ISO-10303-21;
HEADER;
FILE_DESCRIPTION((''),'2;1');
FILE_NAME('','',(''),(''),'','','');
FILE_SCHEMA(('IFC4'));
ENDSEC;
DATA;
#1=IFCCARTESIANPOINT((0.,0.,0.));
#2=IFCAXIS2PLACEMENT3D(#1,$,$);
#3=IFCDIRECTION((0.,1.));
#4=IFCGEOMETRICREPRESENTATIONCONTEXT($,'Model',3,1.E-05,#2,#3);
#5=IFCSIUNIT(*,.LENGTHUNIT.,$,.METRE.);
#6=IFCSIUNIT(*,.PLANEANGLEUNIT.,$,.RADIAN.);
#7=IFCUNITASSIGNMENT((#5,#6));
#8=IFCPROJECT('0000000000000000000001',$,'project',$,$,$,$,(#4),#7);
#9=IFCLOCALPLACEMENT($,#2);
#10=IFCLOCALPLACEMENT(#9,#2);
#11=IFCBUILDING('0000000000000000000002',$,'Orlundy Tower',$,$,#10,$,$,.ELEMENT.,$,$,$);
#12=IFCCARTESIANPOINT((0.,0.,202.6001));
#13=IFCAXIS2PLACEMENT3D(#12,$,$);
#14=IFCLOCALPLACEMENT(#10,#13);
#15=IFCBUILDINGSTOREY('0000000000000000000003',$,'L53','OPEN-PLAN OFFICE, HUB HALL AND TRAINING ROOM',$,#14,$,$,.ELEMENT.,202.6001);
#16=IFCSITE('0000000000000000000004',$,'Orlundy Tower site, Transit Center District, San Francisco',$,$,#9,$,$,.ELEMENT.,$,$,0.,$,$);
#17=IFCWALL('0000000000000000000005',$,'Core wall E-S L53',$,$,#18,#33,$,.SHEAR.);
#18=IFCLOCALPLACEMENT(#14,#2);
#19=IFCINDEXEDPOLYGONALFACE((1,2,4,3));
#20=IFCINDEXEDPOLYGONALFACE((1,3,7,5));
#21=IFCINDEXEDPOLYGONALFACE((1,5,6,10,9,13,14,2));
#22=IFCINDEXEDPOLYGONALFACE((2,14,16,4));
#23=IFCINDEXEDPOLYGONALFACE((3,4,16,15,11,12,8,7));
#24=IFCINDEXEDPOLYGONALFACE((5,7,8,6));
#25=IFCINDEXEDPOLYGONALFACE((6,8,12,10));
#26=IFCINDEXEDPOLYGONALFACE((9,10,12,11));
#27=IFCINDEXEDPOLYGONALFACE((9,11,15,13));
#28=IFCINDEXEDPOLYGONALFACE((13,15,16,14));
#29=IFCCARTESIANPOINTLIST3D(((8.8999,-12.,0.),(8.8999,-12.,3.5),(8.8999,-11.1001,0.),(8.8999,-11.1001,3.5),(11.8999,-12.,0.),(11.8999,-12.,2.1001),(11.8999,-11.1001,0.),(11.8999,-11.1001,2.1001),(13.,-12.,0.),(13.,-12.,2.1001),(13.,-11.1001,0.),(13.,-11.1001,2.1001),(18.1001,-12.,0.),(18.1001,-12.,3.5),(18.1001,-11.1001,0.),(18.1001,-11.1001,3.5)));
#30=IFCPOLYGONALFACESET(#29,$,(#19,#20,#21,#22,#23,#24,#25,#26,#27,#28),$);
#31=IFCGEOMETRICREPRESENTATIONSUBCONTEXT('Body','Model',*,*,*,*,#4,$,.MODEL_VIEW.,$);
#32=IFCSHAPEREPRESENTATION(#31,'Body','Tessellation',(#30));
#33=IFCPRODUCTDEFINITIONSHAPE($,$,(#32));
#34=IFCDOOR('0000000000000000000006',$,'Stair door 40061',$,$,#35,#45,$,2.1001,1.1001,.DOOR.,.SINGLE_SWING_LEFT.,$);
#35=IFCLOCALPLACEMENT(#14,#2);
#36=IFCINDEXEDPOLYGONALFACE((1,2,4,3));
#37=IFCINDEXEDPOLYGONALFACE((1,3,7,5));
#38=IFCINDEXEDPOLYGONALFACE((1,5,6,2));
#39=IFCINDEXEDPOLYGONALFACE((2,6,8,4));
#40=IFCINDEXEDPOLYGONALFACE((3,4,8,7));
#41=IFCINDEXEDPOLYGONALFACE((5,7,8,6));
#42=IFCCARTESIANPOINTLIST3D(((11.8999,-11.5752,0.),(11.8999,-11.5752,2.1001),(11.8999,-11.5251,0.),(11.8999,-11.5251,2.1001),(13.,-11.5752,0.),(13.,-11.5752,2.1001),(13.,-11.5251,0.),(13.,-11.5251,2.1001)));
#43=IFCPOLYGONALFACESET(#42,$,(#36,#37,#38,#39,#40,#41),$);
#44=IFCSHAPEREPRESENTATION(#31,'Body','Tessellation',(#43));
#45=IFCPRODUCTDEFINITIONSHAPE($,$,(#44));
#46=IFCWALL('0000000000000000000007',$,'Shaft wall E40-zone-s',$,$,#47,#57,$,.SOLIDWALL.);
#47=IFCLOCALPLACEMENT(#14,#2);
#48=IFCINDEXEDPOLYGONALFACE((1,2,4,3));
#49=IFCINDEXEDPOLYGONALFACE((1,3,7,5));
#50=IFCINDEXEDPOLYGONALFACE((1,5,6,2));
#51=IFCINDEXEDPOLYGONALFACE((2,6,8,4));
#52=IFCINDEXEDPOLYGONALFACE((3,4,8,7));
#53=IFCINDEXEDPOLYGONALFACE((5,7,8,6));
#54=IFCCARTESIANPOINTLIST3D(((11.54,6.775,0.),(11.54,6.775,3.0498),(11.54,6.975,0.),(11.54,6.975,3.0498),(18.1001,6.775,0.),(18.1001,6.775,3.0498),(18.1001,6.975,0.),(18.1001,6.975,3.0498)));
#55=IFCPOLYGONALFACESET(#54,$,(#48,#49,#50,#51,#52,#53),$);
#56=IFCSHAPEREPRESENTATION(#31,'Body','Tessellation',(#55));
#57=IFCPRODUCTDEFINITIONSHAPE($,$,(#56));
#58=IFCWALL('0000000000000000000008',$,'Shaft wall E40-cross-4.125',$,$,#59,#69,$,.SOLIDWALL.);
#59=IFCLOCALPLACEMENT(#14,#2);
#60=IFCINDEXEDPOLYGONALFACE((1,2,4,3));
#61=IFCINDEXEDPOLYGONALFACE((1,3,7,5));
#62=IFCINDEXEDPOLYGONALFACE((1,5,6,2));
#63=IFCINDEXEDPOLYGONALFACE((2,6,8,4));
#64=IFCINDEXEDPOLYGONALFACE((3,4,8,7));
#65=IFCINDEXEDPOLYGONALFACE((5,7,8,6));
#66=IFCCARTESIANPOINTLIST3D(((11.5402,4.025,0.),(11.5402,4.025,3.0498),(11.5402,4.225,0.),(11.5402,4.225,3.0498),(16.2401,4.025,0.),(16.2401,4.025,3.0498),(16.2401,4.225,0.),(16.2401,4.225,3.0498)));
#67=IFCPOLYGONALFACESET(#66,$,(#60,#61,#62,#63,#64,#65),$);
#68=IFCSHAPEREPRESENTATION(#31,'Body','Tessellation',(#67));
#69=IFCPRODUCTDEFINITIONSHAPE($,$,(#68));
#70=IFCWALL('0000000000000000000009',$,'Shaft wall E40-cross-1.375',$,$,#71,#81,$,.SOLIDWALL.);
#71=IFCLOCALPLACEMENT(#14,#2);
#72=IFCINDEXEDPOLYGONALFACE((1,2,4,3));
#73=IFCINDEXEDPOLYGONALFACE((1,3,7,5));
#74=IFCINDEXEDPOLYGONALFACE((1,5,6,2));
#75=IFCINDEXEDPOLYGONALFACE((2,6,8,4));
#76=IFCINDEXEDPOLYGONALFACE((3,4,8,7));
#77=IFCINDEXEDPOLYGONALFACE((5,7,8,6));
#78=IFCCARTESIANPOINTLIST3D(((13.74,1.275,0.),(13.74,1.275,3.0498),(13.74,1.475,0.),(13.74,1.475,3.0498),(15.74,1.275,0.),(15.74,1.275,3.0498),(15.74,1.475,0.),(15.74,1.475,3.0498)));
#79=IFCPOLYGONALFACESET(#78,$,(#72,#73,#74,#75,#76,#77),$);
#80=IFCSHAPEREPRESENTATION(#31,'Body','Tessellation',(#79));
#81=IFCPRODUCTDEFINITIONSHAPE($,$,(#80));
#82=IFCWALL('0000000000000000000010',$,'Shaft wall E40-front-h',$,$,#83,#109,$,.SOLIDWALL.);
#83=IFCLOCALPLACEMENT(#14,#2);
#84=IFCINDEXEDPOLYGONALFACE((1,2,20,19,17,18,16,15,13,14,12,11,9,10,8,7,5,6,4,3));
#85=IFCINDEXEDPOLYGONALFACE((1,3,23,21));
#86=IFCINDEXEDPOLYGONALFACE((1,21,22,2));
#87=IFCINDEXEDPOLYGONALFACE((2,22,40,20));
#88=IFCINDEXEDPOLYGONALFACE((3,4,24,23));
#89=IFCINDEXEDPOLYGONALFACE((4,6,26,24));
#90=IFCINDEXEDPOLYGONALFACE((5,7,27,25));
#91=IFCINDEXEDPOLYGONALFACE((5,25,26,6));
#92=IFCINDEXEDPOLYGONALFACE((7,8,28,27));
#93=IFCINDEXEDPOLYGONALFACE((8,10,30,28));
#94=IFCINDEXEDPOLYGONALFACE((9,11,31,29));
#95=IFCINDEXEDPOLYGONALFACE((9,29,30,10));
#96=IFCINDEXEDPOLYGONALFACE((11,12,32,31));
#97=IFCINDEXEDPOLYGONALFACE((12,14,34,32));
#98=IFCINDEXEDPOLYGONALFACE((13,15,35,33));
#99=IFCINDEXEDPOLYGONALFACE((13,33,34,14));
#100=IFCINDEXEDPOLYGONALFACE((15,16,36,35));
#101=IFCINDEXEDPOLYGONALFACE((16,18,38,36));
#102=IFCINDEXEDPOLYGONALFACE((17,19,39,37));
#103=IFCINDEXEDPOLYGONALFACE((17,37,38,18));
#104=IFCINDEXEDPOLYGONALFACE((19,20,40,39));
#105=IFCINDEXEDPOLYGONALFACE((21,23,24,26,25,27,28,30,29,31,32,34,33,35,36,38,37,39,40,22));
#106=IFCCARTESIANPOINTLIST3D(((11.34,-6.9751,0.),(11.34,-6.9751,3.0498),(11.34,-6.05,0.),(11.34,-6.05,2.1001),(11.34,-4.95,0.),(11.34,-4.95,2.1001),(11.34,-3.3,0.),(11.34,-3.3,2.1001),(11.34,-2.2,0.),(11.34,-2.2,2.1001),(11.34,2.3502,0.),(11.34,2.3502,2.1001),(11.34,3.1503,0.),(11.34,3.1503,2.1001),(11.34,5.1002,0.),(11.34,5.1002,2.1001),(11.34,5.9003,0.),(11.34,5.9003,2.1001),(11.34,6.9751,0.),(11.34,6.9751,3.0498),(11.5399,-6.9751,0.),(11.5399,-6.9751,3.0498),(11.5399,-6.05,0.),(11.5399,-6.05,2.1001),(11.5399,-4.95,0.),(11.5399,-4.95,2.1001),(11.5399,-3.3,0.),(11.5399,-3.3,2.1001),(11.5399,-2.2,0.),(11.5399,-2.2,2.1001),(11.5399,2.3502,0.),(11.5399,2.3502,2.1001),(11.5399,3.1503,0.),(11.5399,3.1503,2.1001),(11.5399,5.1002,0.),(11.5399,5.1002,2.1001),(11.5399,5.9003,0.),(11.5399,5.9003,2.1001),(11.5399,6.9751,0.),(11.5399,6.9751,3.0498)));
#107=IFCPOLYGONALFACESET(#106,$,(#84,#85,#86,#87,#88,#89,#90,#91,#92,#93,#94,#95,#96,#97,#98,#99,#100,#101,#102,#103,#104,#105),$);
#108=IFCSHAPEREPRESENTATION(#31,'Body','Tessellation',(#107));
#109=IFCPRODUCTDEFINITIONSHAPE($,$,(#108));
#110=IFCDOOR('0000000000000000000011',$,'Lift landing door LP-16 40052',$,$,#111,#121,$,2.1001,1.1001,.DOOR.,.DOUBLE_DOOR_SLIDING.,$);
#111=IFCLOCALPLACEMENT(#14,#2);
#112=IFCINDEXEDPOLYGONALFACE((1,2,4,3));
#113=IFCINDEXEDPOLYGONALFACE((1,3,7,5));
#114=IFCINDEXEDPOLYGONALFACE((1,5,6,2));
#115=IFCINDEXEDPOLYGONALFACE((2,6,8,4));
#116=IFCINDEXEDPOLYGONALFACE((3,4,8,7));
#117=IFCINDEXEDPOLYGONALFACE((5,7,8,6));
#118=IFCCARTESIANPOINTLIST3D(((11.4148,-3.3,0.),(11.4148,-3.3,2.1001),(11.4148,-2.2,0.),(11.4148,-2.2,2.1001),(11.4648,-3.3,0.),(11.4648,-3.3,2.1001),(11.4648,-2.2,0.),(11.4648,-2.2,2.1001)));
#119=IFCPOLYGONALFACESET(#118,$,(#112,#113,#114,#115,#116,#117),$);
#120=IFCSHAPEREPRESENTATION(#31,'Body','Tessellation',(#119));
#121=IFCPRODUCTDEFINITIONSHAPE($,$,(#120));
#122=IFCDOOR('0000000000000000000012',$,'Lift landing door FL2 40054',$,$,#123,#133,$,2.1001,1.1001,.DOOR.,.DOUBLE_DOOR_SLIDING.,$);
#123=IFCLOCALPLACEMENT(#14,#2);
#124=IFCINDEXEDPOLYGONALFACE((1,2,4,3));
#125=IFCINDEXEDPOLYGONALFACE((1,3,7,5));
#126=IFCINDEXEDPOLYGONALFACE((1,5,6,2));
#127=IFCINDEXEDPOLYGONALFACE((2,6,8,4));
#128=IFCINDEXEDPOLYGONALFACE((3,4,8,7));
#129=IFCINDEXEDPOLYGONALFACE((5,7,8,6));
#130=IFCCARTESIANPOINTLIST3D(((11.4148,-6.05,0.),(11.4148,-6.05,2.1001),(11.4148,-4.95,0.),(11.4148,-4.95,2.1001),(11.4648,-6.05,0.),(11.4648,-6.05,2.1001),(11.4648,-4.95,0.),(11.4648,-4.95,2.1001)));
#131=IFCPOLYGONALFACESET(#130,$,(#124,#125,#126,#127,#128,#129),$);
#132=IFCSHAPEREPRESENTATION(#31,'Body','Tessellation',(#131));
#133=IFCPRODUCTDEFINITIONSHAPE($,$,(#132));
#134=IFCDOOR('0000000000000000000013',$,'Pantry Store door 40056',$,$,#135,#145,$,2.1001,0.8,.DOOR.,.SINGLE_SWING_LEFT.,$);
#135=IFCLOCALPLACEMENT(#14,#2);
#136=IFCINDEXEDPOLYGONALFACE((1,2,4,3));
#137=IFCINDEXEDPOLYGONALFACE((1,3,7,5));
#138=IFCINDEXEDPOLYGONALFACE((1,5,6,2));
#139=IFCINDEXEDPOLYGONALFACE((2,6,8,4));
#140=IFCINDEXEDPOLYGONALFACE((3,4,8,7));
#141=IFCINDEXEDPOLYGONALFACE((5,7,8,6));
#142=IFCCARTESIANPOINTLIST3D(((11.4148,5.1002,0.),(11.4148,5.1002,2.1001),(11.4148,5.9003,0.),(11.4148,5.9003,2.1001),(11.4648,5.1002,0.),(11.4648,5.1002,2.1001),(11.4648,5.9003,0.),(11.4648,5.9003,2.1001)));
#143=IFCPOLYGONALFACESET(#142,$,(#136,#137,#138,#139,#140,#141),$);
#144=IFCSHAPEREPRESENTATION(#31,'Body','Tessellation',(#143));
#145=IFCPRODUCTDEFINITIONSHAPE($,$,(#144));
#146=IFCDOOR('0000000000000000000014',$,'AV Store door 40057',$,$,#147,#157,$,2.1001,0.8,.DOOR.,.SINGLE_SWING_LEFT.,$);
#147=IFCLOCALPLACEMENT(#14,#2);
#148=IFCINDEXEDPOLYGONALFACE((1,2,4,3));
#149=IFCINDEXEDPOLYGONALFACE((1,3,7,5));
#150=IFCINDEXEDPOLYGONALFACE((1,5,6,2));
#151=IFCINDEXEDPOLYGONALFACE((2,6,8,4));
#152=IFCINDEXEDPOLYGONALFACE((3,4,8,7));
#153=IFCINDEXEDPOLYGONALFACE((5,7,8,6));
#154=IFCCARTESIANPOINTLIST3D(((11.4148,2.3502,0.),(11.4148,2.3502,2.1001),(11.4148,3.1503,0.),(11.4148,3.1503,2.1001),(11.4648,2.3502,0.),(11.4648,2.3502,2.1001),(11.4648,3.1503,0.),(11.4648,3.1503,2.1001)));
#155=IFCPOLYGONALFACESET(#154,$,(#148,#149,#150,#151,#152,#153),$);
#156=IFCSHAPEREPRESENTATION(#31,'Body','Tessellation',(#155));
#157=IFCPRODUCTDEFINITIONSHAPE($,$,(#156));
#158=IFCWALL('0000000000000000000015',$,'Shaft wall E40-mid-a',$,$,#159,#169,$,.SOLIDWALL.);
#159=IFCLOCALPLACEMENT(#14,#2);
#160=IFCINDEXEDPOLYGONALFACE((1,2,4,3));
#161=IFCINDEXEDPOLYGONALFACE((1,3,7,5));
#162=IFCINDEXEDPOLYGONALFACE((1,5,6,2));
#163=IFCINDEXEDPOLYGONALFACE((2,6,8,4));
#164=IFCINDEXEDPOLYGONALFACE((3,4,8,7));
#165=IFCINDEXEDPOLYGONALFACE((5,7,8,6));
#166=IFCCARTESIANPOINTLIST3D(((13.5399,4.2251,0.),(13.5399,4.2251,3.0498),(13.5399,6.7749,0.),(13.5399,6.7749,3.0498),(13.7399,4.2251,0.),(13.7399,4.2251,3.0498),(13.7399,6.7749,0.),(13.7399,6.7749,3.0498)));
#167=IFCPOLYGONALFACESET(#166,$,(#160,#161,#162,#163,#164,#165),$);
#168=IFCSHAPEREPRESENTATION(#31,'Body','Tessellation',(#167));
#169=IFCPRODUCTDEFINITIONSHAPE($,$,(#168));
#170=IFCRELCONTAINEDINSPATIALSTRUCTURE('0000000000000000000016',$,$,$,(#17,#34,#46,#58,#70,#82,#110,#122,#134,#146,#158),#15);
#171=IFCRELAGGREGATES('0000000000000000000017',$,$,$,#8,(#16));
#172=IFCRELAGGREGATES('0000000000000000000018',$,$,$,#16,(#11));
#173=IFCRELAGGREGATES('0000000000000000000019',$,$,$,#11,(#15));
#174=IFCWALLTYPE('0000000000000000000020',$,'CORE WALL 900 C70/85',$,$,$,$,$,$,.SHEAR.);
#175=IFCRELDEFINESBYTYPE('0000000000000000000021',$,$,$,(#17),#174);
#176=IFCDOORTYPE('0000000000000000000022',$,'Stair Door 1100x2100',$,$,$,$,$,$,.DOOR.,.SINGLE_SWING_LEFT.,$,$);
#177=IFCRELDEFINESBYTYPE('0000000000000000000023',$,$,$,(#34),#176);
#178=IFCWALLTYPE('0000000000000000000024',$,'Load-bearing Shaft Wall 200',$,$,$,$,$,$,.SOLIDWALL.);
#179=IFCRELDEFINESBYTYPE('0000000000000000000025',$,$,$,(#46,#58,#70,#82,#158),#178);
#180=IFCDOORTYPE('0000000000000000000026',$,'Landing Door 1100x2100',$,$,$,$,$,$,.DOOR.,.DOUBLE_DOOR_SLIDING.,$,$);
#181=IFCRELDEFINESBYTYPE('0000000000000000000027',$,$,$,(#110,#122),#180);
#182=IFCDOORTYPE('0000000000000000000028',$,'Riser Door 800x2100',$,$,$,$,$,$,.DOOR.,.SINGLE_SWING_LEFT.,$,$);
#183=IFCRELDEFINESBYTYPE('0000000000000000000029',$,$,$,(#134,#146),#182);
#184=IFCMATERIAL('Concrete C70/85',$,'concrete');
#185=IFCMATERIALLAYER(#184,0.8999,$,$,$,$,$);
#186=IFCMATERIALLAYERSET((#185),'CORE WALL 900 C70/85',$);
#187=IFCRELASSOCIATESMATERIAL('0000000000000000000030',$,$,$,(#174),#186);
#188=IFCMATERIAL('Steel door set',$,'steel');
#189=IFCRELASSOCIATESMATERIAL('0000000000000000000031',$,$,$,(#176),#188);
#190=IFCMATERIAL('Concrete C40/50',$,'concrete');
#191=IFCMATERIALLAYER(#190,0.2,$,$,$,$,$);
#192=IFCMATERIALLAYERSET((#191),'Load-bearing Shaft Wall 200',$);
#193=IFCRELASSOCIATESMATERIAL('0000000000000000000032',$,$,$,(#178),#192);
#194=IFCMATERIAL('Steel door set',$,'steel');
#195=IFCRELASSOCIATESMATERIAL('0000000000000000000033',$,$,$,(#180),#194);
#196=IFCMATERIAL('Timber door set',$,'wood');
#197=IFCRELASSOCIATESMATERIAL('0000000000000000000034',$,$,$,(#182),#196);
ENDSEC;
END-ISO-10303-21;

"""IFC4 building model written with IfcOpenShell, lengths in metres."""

from ifc_helpers import new_model, si_unit, direction, frame, frame_2d, origin, place, context, subcontext, project, spatial, rectangle, extrude, material, layer, layer_set, type_object, element, fill, save


model = new_model("IFC4")

# Units and contexts
model_context = context("Model", 3, precision=1e-05, world=origin(), true_north=direction((0.0, 1.0)))
body_context = subcontext(model_context, "Body", "Model", "MODEL_VIEW")
ifc_project = project(units=[si_unit("LENGTHUNIT", "METRE"), si_unit("PLANEANGLEUNIT", "RADIAN")], contexts=[model_context])

# Site, building, storey
site_placement = place(None, origin())
site = spatial("IfcSite", under=ifc_project, at=site_placement, Name="Orlundy Tower site, Transit Center District, San Francisco", CompositionType="ELEMENT", RefElevation=0.0)
building_placement = place(site_placement, origin())
building = spatial("IfcBuilding", under=site, at=building_placement, Name="Orlundy Tower", CompositionType="ELEMENT")
storey_placement = place(building_placement, frame((0.0, 0.0, 202.6001)))
storey = spatial("IfcBuildingStorey", under=building, at=storey_placement, Name="L53", Description="OPEN-PLAN OFFICE, HUB HALL AND TRAINING ROOM", CompositionType="ELEMENT", Elevation=202.6001)

# Wall, opening, door
ifc_material_1 = material(Name="Concrete C70/85", Category="concrete")
ifc_layer_1 = layer(ifc_material_1, 0.8999)
ifc_layer_set_1 = layer_set([ifc_layer_1], Name="CORE WALL 900 C70/85")
wall_type_1 = type_object("IfcWallType", Name="CORE WALL 900 C70/85", PredefinedType="SHEAR", material=ifc_layer_set_1)
wall_1_placement = place(storey_placement, frame((8.8999, -11.55, 0.0), z_axis=(0.0, 0.0, 1.0), x_axis=(1.0, 0.0, 0.0)))
wall_1 = element("IfcWall", 1, at=wall_1_placement, inside=storey, type_object=wall_type_1, Name="Core wall E-S L53", PredefinedType="SHEAR", context=body_context, shape_type="SweptSolid", body=[
    extrude(rectangle(XDim=9.2002, YDim=0.8999, at=frame_2d((4.6001, 0.0))), origin(), (0.0, 0.0, 1.0), 3.5),
])
opening_1_placement = place(wall_1_placement, frame((3.0, 0.0, 0.0)))
opening_1 = element("IfcOpeningElement", 2, at=opening_1_placement, cuts=wall_1, PredefinedType="OPENING", context=body_context, shape_type="SweptSolid", body=[
    extrude(rectangle(XDim=1.1001, YDim=2.1001, at=frame_2d((0.55, 1.05))), frame((0.0, 0.46, 0.0), z_axis=(0.0, -1.0, 0.0), x_axis=(1.0, 0.0, 0.0)), (0.0, 0.0, 1.0), 0.9199),
])
ifc_material_2 = material(Name="Steel door set", Category="steel")
door_type_1 = type_object("IfcDoorType", Name="Stair Door 1100x2100", OperationType="SINGLE_SWING_LEFT", PredefinedType="DOOR", material=ifc_material_2)
door_1_placement = place(opening_1_placement, origin())
door_1 = element("IfcDoor", 3, at=door_1_placement, inside=storey, type_object=door_type_1, Name="Stair door 40061", OperationType="SINGLE_SWING_LEFT", OverallHeight=2.1001, OverallWidth=1.1001, PredefinedType="DOOR", context=body_context, shape_type="SweptSolid", body=[
    extrude(rectangle(XDim=1.1001, YDim=2.1001, at=frame_2d((0.55, 1.05))), frame((0.0, 0.0249, 0.0), z_axis=(0.0, -1.0, 0.0), x_axis=(1.0, 0.0, 0.0)), (0.0, 0.0, 1.0), 0.05),
])
fill(opening_1, door_1)

# Walls
ifc_material_3 = material(Name="Concrete C40/50", Category="concrete")
ifc_layer_2 = layer(ifc_material_3, 0.2)
ifc_layer_set_2 = layer_set([ifc_layer_2], Name="Load-bearing Shaft Wall 200")
wall_type_2 = type_object("IfcWallType", Name="Load-bearing Shaft Wall 200", PredefinedType="SOLIDWALL", material=ifc_layer_set_2)
wall_2_placement = place(storey_placement, frame((11.54, 6.875, 0.0), z_axis=(0.0, 0.0, 1.0), x_axis=(1.0, 0.0, 0.0)))
element("IfcWall", 4, at=wall_2_placement, inside=storey, type_object=wall_type_2, Name="Shaft wall E40-zone-s", PredefinedType="SOLIDWALL", context=body_context, shape_type="SweptSolid", body=[
    extrude(rectangle(XDim=6.5601, YDim=0.2, at=frame_2d((3.28, 0.0))), origin(), (0.0, 0.0, 1.0), 3.0498),
])
wall_3_placement = place(storey_placement, frame((11.54, 4.125, 0.0), z_axis=(0.0, 0.0, 1.0), x_axis=(1.0, 0.0, 0.0)))
element("IfcWall", 5, at=wall_3_placement, inside=storey, type_object=wall_type_2, Name="Shaft wall E40-cross-4.125", PredefinedType="SOLIDWALL", context=body_context, shape_type="SweptSolid", body=[
    extrude(rectangle(XDim=4.7, YDim=0.2, at=frame_2d((2.3501, 0.0))), origin(), (0.0, 0.0, 1.0), 3.0498),
])
wall_4_placement = place(storey_placement, frame((13.74, 1.375, 0.0), z_axis=(0.0, 0.0, 1.0), x_axis=(1.0, 0.0, 0.0)))
element("IfcWall", 6, at=wall_4_placement, inside=storey, type_object=wall_type_2, Name="Shaft wall E40-cross-1.375", PredefinedType="SOLIDWALL", context=body_context, shape_type="SweptSolid", body=[
    extrude(rectangle(XDim=2.0, YDim=0.2, at=frame_2d((1.0, 0.0))), origin(), (0.0, 0.0, 1.0), 3.0498),
])

# Wall, openings, doors
wall_5_placement = place(storey_placement, frame((11.4399, 6.9751, 0.0), z_axis=(0.0, 0.0, 1.0), x_axis=(0.0, -1.0, 0.0)))
wall_5 = element("IfcWall", 7, at=wall_5_placement, inside=storey, type_object=wall_type_2, Name="Shaft wall E40-front-h", PredefinedType="SOLIDWALL", context=body_context, shape_type="SweptSolid", body=[
    extrude(rectangle(XDim=13.9502, YDim=0.2, at=frame_2d((6.9751, 0.0))), origin(), (0.0, 0.0, 1.0), 3.0498),
])
opening_2_placement = place(wall_5_placement, frame((9.175, 0.0, 0.0)))
opening_2 = element("IfcOpeningElement", 8, at=opening_2_placement, cuts=wall_5, PredefinedType="OPENING", context=body_context, shape_type="SweptSolid", body=[
    extrude(rectangle(XDim=1.1001, YDim=2.1001, at=frame_2d((0.55, 1.05))), frame((0.0, 0.1101, 0.0), z_axis=(0.0, -1.0, 0.0), x_axis=(1.0, 0.0, 0.0)), (0.0, 0.0, 1.0), 0.2202),
])
opening_3_placement = place(wall_5_placement, frame((11.925, 0.0, 0.0)))
opening_3 = element("IfcOpeningElement", 9, at=opening_3_placement, cuts=wall_5, PredefinedType="OPENING", context=body_context, shape_type="SweptSolid", body=[
    extrude(rectangle(XDim=1.1001, YDim=2.1001, at=frame_2d((0.55, 1.05))), frame((0.0, 0.1101, 0.0), z_axis=(0.0, -1.0, 0.0), x_axis=(1.0, 0.0, 0.0)), (0.0, 0.0, 1.0), 0.2202),
])
opening_4_placement = place(wall_5_placement, frame((1.075, 0.0, 0.0)))
opening_4 = element("IfcOpeningElement", 10, at=opening_4_placement, cuts=wall_5, PredefinedType="OPENING", context=body_context, shape_type="SweptSolid", body=[
    extrude(rectangle(XDim=0.8, YDim=2.1001, at=frame_2d((0.3999, 1.05))), frame((0.0, 0.1101, 0.0), z_axis=(0.0, -1.0, 0.0), x_axis=(1.0, 0.0, 0.0)), (0.0, 0.0, 1.0), 0.2202),
])
opening_5_placement = place(wall_5_placement, frame((3.825, 0.0, 0.0)))
opening_5 = element("IfcOpeningElement", 11, at=opening_5_placement, cuts=wall_5, PredefinedType="OPENING", context=body_context, shape_type="SweptSolid", body=[
    extrude(rectangle(XDim=0.8, YDim=2.1001, at=frame_2d((0.3999, 1.05))), frame((0.0, 0.1101, 0.0), z_axis=(0.0, -1.0, 0.0), x_axis=(1.0, 0.0, 0.0)), (0.0, 0.0, 1.0), 0.2202),
])
ifc_material_4 = material(Name="Steel door set", Category="steel")
door_type_2 = type_object("IfcDoorType", Name="Landing Door 1100x2100", OperationType="DOUBLE_DOOR_SLIDING", PredefinedType="DOOR", material=ifc_material_4)
door_2_placement = place(opening_2_placement, origin())
door_2 = element("IfcDoor", 12, at=door_2_placement, inside=storey, type_object=door_type_2, Name="Lift landing door LP-16 40052", OperationType="DOUBLE_DOOR_SLIDING", OverallHeight=2.1001, OverallWidth=1.1001, PredefinedType="DOOR", context=body_context, shape_type="SweptSolid", body=[
    extrude(rectangle(XDim=1.1001, YDim=2.1001, at=frame_2d((0.55, 1.05))), frame((0.0, 0.0249, 0.0), z_axis=(0.0, -1.0, 0.0), x_axis=(1.0, 0.0, 0.0)), (0.0, 0.0, 1.0), 0.05),
])
fill(opening_2, door_2)
door_3_placement = place(opening_3_placement, origin())
door_3 = element("IfcDoor", 13, at=door_3_placement, inside=storey, type_object=door_type_2, Name="Lift landing door FL2 40054", OperationType="DOUBLE_DOOR_SLIDING", OverallHeight=2.1001, OverallWidth=1.1001, PredefinedType="DOOR", context=body_context, shape_type="SweptSolid", body=[
    extrude(rectangle(XDim=1.1001, YDim=2.1001, at=frame_2d((0.55, 1.05))), frame((0.0, 0.0249, 0.0), z_axis=(0.0, -1.0, 0.0), x_axis=(1.0, 0.0, 0.0)), (0.0, 0.0, 1.0), 0.05),
])
fill(opening_3, door_3)
ifc_material_5 = material(Name="Timber door set", Category="wood")
door_type_3 = type_object("IfcDoorType", Name="Riser Door 800x2100", OperationType="SINGLE_SWING_LEFT", PredefinedType="DOOR", material=ifc_material_5)
door_4_placement = place(opening_4_placement, origin())
door_4 = element("IfcDoor", 14, at=door_4_placement, inside=storey, type_object=door_type_3, Name="Pantry Store door 40056", OperationType="SINGLE_SWING_LEFT", OverallHeight=2.1001, OverallWidth=0.8, PredefinedType="DOOR", context=body_context, shape_type="SweptSolid", body=[
    extrude(rectangle(XDim=0.8, YDim=2.1001, at=frame_2d((0.3999, 1.05))), frame((0.0, 0.0249, 0.0), z_axis=(0.0, -1.0, 0.0), x_axis=(1.0, 0.0, 0.0)), (0.0, 0.0, 1.0), 0.05),
])
fill(opening_4, door_4)
door_5_placement = place(opening_5_placement, origin())
door_5 = element("IfcDoor", 15, at=door_5_placement, inside=storey, type_object=door_type_3, Name="AV Store door 40057", OperationType="SINGLE_SWING_LEFT", OverallHeight=2.1001, OverallWidth=0.8, PredefinedType="DOOR", context=body_context, shape_type="SweptSolid", body=[
    extrude(rectangle(XDim=0.8, YDim=2.1001, at=frame_2d((0.3999, 1.05))), frame((0.0, 0.0249, 0.0), z_axis=(0.0, -1.0, 0.0), x_axis=(1.0, 0.0, 0.0)), (0.0, 0.0, 1.0), 0.05),
])
fill(opening_5, door_5)

# Wall
wall_6_placement = place(storey_placement, frame((13.6399, 6.7749, 0.0), z_axis=(0.0, 0.0, 1.0), x_axis=(0.0, -1.0, 0.0)))
element("IfcWall", 16, at=wall_6_placement, inside=storey, type_object=wall_type_2, Name="Shaft wall E40-mid-a", PredefinedType="SOLIDWALL", context=body_context, shape_type="SweptSolid", body=[
    extrude(rectangle(XDim=2.5498, YDim=0.2, at=frame_2d((1.2749, 0.0))), origin(), (0.0, 0.0, 1.0), 3.0498),
])

save(model, "model.ifc")
